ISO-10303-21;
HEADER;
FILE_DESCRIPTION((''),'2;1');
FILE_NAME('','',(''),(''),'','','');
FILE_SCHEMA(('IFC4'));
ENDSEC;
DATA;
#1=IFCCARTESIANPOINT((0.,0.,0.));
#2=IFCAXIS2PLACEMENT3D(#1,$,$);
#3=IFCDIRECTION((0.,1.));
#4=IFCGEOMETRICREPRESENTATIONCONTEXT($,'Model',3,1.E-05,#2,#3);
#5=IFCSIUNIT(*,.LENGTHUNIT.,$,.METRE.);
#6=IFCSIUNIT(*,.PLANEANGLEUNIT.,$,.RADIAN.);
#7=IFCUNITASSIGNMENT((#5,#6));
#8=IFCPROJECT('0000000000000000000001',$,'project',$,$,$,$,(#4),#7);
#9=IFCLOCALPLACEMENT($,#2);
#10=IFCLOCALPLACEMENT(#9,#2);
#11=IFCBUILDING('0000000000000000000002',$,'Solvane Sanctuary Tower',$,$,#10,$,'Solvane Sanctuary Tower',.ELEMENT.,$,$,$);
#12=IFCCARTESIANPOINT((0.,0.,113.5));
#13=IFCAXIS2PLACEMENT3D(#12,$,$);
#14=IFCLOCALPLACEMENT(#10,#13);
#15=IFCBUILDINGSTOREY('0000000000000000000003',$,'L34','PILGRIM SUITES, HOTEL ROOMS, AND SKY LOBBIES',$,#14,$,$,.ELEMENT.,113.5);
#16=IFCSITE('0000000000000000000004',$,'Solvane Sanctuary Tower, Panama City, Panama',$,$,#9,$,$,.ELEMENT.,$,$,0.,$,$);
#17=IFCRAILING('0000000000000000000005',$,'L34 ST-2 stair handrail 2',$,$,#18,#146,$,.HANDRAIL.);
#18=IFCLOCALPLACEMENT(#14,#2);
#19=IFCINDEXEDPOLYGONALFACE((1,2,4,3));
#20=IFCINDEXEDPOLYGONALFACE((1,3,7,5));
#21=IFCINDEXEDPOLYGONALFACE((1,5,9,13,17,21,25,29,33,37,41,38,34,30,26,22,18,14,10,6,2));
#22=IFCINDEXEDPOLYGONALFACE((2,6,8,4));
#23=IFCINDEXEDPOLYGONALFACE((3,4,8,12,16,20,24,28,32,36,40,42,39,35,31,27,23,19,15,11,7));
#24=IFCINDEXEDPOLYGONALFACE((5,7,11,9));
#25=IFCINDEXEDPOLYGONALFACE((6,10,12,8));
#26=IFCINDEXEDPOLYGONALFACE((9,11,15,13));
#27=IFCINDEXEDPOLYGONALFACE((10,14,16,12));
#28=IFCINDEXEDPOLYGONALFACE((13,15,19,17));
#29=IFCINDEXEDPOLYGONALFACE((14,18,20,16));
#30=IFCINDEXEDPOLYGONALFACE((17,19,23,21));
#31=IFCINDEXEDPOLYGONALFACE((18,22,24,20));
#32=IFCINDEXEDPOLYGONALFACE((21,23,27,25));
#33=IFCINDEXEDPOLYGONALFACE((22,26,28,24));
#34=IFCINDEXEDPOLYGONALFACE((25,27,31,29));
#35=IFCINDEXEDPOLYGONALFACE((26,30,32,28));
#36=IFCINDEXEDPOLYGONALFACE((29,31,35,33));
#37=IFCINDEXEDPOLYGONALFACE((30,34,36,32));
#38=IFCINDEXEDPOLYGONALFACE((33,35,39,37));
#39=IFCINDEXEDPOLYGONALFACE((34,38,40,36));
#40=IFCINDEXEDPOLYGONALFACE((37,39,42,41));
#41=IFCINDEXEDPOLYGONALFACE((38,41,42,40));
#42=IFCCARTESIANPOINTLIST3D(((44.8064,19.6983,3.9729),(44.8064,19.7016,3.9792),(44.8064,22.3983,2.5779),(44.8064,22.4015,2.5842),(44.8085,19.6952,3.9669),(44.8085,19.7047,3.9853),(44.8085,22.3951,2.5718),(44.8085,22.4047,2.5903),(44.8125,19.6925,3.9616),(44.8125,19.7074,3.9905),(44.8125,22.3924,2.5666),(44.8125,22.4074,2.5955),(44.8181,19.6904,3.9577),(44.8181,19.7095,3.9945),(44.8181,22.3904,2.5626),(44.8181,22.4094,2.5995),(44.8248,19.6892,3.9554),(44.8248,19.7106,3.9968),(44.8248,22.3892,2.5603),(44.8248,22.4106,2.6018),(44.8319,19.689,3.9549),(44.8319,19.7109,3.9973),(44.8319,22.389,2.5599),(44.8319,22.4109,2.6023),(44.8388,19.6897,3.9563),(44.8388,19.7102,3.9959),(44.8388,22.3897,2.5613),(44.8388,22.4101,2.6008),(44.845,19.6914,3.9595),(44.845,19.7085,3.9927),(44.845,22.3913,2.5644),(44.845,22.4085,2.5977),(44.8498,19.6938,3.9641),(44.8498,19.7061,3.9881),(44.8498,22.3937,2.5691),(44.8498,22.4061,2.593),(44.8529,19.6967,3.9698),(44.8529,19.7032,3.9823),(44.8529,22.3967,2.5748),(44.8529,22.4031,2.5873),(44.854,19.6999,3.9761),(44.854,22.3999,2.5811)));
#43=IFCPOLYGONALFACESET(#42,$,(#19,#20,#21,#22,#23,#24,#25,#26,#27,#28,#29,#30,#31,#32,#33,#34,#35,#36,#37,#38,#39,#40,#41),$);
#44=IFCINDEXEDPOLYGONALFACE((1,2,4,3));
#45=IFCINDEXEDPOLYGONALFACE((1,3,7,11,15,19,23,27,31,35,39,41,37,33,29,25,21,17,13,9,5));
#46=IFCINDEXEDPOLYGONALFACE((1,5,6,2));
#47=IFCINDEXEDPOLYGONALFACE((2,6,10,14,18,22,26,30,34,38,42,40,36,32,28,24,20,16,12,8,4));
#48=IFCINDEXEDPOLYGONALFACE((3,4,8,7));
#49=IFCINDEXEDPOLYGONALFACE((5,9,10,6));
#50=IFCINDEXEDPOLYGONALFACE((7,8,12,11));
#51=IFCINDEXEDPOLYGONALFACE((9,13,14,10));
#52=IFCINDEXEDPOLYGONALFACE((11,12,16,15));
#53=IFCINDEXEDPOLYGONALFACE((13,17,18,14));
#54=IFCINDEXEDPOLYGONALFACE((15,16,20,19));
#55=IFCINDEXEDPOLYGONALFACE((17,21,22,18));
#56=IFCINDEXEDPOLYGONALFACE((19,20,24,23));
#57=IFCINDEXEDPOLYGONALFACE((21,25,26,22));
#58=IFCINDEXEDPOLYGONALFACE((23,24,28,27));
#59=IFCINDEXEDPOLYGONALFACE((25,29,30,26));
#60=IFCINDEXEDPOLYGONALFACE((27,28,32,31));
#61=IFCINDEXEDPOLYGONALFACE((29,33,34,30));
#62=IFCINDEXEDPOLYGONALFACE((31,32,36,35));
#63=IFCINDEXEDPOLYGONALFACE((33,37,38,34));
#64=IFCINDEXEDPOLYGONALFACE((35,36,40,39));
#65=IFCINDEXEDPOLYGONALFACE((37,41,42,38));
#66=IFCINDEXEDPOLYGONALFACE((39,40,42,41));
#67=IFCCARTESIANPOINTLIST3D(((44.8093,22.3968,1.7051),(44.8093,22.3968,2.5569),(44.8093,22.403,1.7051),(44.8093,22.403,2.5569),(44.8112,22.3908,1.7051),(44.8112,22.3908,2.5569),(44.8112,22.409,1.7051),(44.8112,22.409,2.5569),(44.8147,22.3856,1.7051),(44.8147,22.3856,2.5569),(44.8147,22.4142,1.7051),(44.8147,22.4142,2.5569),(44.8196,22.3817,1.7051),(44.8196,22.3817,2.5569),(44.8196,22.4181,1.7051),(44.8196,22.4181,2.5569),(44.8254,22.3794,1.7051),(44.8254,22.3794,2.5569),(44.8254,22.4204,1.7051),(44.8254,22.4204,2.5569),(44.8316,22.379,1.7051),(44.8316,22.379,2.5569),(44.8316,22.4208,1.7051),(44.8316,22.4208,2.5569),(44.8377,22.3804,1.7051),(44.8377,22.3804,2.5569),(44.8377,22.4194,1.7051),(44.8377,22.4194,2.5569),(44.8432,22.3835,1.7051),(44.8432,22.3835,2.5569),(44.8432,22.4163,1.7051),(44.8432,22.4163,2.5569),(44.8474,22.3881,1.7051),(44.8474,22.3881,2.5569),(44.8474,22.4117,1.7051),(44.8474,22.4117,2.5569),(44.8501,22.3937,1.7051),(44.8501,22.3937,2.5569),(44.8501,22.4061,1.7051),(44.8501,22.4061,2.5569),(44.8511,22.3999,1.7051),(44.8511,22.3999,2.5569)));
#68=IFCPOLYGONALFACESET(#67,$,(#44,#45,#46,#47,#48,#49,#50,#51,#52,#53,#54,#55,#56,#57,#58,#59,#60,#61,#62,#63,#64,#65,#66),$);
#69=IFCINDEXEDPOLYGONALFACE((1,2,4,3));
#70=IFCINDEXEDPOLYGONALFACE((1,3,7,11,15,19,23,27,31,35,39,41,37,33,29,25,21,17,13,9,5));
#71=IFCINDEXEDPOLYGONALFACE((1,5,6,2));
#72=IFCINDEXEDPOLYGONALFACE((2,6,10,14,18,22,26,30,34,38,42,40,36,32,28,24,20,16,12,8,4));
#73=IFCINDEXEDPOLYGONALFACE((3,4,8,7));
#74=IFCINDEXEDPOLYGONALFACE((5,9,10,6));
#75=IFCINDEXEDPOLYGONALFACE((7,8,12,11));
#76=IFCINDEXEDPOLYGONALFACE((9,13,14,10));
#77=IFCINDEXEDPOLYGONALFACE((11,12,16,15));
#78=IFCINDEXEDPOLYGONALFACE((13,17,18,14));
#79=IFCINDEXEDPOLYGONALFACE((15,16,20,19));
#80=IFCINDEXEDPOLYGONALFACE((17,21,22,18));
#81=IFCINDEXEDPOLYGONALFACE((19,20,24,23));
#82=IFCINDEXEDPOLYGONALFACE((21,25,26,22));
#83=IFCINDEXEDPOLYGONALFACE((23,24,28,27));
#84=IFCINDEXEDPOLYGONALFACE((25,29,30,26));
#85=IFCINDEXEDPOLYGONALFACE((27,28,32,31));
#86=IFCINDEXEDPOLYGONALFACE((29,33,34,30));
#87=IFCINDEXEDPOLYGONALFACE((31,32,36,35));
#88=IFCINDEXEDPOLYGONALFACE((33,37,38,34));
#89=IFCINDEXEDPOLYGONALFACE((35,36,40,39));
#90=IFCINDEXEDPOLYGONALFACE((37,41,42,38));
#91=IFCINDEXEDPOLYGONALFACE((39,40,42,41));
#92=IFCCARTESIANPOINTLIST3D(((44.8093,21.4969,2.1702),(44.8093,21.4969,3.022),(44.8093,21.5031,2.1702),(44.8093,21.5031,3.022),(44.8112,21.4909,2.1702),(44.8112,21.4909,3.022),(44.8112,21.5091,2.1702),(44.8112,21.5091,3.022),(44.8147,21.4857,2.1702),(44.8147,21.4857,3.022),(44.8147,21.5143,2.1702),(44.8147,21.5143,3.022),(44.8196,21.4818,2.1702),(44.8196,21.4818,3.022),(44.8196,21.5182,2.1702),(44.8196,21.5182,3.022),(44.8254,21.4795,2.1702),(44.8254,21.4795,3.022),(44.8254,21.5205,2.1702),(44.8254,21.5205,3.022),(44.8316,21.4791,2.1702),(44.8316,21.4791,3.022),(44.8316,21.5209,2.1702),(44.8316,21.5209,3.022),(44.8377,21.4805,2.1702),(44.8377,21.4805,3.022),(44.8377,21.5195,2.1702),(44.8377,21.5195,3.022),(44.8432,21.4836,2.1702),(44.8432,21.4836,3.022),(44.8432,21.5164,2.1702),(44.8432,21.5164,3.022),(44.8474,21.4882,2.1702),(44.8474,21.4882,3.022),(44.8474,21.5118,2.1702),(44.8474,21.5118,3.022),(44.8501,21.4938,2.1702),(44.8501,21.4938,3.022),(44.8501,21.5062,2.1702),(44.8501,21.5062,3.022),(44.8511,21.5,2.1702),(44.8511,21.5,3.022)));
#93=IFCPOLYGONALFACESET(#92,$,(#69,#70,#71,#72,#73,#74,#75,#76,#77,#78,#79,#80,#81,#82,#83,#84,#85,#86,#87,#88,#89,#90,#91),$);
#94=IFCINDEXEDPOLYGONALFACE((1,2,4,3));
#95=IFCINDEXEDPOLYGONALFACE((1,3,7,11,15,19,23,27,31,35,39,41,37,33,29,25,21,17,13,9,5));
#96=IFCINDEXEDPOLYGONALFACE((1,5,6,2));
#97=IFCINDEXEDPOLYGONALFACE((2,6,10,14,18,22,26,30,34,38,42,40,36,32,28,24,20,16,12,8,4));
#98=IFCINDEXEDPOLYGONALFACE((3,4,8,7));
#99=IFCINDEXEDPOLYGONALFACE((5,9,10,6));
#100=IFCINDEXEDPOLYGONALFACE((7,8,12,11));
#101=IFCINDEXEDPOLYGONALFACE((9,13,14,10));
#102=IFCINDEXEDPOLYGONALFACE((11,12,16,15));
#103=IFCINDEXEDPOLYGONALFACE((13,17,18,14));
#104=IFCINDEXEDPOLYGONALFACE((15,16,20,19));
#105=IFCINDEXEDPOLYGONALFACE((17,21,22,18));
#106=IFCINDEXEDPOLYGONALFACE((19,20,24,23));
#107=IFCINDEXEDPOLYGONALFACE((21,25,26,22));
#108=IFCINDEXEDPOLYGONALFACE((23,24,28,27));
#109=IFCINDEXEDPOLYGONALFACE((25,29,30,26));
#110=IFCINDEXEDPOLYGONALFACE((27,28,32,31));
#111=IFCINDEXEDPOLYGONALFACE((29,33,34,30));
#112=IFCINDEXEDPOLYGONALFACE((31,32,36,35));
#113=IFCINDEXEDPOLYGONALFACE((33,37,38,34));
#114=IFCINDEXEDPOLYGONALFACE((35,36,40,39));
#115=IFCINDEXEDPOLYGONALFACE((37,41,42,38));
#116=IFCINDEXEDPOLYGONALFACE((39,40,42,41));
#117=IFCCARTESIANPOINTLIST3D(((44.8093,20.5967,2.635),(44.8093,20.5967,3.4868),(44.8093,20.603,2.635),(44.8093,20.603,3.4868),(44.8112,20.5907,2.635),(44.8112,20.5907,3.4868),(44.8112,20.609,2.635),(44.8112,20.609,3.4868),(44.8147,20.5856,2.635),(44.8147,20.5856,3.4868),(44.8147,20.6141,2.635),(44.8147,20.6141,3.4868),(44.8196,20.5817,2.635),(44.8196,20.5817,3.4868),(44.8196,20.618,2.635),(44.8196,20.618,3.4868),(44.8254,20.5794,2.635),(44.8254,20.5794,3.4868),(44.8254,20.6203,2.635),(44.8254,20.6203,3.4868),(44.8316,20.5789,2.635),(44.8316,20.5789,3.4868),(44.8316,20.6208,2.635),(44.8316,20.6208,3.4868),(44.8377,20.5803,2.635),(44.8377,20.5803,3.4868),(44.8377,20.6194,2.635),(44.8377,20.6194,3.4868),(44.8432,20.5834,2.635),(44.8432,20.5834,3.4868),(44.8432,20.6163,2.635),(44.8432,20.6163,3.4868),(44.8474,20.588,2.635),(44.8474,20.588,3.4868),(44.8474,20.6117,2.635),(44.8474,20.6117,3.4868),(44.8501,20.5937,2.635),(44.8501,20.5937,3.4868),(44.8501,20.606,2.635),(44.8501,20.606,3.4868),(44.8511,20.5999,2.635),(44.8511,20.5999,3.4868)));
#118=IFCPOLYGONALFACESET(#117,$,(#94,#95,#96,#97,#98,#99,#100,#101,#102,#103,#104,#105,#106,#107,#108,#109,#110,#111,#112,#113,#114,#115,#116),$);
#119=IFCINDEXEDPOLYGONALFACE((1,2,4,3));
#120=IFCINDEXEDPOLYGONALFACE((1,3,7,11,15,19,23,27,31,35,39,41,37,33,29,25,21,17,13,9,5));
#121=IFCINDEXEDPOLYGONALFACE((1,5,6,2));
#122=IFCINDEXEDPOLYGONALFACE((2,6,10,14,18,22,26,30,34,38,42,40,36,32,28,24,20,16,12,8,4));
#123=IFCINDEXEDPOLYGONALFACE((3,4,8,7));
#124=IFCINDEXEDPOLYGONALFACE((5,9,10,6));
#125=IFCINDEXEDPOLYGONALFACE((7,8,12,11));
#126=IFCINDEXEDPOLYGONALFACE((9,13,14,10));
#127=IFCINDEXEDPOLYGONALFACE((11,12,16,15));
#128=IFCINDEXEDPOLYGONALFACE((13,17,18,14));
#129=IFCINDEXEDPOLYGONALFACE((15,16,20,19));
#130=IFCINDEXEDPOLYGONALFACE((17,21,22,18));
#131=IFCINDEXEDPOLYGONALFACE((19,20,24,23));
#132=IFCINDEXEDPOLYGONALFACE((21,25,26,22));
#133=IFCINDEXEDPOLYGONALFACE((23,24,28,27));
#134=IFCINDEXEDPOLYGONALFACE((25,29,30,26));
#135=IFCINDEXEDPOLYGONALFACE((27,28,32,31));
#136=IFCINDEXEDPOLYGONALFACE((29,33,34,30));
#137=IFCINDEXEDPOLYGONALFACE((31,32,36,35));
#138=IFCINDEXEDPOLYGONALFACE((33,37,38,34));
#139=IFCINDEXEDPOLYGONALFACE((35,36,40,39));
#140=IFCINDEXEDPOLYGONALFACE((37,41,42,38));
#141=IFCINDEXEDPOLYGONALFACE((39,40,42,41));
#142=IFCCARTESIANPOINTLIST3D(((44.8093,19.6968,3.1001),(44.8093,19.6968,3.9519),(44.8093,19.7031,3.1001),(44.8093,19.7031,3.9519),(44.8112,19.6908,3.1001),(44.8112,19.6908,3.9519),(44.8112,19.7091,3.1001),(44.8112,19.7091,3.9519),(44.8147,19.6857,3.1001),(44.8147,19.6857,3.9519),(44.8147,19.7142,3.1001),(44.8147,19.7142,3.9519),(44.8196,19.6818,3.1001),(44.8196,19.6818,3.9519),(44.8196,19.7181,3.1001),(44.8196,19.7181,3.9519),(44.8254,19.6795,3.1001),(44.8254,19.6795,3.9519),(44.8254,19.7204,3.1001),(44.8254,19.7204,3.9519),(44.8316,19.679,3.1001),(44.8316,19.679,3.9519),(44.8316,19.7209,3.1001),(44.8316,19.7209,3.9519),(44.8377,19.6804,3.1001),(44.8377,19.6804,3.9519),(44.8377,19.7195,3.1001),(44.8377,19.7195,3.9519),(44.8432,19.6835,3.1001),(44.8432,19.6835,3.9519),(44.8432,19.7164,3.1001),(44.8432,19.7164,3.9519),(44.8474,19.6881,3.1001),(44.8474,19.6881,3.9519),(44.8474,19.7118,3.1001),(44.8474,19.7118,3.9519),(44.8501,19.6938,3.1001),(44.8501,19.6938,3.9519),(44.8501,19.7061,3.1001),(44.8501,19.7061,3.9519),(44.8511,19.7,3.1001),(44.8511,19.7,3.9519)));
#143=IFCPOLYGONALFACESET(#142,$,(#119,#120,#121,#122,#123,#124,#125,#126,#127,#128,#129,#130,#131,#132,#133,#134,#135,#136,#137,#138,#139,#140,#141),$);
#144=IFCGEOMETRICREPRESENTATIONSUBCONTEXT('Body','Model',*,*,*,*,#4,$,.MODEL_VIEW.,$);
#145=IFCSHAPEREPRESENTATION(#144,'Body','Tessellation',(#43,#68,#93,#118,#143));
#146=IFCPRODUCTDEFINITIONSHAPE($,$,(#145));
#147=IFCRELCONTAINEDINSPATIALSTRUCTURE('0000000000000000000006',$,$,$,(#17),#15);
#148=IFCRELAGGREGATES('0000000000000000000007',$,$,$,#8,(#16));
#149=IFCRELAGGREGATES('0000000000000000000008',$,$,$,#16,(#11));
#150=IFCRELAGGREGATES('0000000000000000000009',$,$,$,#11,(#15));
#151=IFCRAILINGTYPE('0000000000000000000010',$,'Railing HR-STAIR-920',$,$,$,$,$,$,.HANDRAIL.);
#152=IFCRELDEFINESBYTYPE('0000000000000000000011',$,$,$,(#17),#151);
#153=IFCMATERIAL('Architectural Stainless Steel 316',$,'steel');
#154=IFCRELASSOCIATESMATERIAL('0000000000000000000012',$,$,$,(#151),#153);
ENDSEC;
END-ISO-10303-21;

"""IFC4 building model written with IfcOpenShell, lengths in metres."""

from ifc_helpers import new_model, si_unit, direction, frame, origin, origin_2d, place, context, subcontext, project, spatial, circle, extrude, material, type_object, element, save


model = new_model("IFC4")

# Units and contexts
model_context = context("Model", 3, precision=1e-05, world=origin(), true_north=direction((0.0, 1.0)))
body_context = subcontext(model_context, "Body", "Model", "MODEL_VIEW")
ifc_project = project(units=[si_unit("LENGTHUNIT", "METRE"), si_unit("PLANEANGLEUNIT", "RADIAN")], contexts=[model_context])

# Site, building, storey
site_placement = place(None, origin())
site = spatial("IfcSite", under=ifc_project, at=site_placement, Name="Solvane Sanctuary Tower, Panama City, Panama", CompositionType="ELEMENT", RefElevation=0.0)
building_placement = place(site_placement, origin())
building = spatial("IfcBuilding", under=site, at=building_placement, Name="Solvane Sanctuary Tower", LongName="Solvane Sanctuary Tower", CompositionType="ELEMENT")
storey_placement = place(building_placement, frame((0.0, 0.0, 113.5)))
storey = spatial("IfcBuildingStorey", under=building, at=storey_placement, Name="L34", Description="PILGRIM SUITES, HOTEL ROOMS, AND SKY LOBBIES", CompositionType="ELEMENT", Elevation=113.5)

# Shared definitions
ifc_material_1 = material(Name="Architectural Stainless Steel 316", Category="steel")

# Railing
railing_type_1 = type_object("IfcRailingType", Name="Railing HR-STAIR-920", PredefinedType="HANDRAIL", material=ifc_material_1)
railing_1_placement = place(storey_placement, frame((44.8301, 22.3999, 1.7051)))
element("IfcRailing", 1, at=railing_1_placement, inside=storey, type_object=railing_type_1, Name="L34 ST-2 stair handrail 2", PredefinedType="HANDRAIL", context=body_context, shape_type="SweptSolid", body=[
    extrude(circle(Radius=0.0239, at=origin_2d()), frame((0.0, 0.0, 0.876), z_axis=(0.0, -0.88842, 0.459032), x_axis=(1.0, 0.0, 0.0)), (0.0, 0.0, 1.0), 3.0391),
    extrude(circle(Radius=0.021, at=origin_2d()), origin(), (0.0, 0.0, 1.0), 0.8518),
    extrude(circle(Radius=0.021, at=origin_2d()), frame((0.0, -0.8999, 0.4651)), (0.0, 0.0, 1.0), 0.8518),
    extrude(circle(Radius=0.021, at=origin_2d()), frame((0.0, -1.8, 0.9299)), (0.0, 0.0, 1.0), 0.8518),
    extrude(circle(Radius=0.021, at=origin_2d()), frame((0.0, -2.7, 1.395)), (0.0, 0.0, 1.0), 0.8518),
])

save(model, "model.ifc")
